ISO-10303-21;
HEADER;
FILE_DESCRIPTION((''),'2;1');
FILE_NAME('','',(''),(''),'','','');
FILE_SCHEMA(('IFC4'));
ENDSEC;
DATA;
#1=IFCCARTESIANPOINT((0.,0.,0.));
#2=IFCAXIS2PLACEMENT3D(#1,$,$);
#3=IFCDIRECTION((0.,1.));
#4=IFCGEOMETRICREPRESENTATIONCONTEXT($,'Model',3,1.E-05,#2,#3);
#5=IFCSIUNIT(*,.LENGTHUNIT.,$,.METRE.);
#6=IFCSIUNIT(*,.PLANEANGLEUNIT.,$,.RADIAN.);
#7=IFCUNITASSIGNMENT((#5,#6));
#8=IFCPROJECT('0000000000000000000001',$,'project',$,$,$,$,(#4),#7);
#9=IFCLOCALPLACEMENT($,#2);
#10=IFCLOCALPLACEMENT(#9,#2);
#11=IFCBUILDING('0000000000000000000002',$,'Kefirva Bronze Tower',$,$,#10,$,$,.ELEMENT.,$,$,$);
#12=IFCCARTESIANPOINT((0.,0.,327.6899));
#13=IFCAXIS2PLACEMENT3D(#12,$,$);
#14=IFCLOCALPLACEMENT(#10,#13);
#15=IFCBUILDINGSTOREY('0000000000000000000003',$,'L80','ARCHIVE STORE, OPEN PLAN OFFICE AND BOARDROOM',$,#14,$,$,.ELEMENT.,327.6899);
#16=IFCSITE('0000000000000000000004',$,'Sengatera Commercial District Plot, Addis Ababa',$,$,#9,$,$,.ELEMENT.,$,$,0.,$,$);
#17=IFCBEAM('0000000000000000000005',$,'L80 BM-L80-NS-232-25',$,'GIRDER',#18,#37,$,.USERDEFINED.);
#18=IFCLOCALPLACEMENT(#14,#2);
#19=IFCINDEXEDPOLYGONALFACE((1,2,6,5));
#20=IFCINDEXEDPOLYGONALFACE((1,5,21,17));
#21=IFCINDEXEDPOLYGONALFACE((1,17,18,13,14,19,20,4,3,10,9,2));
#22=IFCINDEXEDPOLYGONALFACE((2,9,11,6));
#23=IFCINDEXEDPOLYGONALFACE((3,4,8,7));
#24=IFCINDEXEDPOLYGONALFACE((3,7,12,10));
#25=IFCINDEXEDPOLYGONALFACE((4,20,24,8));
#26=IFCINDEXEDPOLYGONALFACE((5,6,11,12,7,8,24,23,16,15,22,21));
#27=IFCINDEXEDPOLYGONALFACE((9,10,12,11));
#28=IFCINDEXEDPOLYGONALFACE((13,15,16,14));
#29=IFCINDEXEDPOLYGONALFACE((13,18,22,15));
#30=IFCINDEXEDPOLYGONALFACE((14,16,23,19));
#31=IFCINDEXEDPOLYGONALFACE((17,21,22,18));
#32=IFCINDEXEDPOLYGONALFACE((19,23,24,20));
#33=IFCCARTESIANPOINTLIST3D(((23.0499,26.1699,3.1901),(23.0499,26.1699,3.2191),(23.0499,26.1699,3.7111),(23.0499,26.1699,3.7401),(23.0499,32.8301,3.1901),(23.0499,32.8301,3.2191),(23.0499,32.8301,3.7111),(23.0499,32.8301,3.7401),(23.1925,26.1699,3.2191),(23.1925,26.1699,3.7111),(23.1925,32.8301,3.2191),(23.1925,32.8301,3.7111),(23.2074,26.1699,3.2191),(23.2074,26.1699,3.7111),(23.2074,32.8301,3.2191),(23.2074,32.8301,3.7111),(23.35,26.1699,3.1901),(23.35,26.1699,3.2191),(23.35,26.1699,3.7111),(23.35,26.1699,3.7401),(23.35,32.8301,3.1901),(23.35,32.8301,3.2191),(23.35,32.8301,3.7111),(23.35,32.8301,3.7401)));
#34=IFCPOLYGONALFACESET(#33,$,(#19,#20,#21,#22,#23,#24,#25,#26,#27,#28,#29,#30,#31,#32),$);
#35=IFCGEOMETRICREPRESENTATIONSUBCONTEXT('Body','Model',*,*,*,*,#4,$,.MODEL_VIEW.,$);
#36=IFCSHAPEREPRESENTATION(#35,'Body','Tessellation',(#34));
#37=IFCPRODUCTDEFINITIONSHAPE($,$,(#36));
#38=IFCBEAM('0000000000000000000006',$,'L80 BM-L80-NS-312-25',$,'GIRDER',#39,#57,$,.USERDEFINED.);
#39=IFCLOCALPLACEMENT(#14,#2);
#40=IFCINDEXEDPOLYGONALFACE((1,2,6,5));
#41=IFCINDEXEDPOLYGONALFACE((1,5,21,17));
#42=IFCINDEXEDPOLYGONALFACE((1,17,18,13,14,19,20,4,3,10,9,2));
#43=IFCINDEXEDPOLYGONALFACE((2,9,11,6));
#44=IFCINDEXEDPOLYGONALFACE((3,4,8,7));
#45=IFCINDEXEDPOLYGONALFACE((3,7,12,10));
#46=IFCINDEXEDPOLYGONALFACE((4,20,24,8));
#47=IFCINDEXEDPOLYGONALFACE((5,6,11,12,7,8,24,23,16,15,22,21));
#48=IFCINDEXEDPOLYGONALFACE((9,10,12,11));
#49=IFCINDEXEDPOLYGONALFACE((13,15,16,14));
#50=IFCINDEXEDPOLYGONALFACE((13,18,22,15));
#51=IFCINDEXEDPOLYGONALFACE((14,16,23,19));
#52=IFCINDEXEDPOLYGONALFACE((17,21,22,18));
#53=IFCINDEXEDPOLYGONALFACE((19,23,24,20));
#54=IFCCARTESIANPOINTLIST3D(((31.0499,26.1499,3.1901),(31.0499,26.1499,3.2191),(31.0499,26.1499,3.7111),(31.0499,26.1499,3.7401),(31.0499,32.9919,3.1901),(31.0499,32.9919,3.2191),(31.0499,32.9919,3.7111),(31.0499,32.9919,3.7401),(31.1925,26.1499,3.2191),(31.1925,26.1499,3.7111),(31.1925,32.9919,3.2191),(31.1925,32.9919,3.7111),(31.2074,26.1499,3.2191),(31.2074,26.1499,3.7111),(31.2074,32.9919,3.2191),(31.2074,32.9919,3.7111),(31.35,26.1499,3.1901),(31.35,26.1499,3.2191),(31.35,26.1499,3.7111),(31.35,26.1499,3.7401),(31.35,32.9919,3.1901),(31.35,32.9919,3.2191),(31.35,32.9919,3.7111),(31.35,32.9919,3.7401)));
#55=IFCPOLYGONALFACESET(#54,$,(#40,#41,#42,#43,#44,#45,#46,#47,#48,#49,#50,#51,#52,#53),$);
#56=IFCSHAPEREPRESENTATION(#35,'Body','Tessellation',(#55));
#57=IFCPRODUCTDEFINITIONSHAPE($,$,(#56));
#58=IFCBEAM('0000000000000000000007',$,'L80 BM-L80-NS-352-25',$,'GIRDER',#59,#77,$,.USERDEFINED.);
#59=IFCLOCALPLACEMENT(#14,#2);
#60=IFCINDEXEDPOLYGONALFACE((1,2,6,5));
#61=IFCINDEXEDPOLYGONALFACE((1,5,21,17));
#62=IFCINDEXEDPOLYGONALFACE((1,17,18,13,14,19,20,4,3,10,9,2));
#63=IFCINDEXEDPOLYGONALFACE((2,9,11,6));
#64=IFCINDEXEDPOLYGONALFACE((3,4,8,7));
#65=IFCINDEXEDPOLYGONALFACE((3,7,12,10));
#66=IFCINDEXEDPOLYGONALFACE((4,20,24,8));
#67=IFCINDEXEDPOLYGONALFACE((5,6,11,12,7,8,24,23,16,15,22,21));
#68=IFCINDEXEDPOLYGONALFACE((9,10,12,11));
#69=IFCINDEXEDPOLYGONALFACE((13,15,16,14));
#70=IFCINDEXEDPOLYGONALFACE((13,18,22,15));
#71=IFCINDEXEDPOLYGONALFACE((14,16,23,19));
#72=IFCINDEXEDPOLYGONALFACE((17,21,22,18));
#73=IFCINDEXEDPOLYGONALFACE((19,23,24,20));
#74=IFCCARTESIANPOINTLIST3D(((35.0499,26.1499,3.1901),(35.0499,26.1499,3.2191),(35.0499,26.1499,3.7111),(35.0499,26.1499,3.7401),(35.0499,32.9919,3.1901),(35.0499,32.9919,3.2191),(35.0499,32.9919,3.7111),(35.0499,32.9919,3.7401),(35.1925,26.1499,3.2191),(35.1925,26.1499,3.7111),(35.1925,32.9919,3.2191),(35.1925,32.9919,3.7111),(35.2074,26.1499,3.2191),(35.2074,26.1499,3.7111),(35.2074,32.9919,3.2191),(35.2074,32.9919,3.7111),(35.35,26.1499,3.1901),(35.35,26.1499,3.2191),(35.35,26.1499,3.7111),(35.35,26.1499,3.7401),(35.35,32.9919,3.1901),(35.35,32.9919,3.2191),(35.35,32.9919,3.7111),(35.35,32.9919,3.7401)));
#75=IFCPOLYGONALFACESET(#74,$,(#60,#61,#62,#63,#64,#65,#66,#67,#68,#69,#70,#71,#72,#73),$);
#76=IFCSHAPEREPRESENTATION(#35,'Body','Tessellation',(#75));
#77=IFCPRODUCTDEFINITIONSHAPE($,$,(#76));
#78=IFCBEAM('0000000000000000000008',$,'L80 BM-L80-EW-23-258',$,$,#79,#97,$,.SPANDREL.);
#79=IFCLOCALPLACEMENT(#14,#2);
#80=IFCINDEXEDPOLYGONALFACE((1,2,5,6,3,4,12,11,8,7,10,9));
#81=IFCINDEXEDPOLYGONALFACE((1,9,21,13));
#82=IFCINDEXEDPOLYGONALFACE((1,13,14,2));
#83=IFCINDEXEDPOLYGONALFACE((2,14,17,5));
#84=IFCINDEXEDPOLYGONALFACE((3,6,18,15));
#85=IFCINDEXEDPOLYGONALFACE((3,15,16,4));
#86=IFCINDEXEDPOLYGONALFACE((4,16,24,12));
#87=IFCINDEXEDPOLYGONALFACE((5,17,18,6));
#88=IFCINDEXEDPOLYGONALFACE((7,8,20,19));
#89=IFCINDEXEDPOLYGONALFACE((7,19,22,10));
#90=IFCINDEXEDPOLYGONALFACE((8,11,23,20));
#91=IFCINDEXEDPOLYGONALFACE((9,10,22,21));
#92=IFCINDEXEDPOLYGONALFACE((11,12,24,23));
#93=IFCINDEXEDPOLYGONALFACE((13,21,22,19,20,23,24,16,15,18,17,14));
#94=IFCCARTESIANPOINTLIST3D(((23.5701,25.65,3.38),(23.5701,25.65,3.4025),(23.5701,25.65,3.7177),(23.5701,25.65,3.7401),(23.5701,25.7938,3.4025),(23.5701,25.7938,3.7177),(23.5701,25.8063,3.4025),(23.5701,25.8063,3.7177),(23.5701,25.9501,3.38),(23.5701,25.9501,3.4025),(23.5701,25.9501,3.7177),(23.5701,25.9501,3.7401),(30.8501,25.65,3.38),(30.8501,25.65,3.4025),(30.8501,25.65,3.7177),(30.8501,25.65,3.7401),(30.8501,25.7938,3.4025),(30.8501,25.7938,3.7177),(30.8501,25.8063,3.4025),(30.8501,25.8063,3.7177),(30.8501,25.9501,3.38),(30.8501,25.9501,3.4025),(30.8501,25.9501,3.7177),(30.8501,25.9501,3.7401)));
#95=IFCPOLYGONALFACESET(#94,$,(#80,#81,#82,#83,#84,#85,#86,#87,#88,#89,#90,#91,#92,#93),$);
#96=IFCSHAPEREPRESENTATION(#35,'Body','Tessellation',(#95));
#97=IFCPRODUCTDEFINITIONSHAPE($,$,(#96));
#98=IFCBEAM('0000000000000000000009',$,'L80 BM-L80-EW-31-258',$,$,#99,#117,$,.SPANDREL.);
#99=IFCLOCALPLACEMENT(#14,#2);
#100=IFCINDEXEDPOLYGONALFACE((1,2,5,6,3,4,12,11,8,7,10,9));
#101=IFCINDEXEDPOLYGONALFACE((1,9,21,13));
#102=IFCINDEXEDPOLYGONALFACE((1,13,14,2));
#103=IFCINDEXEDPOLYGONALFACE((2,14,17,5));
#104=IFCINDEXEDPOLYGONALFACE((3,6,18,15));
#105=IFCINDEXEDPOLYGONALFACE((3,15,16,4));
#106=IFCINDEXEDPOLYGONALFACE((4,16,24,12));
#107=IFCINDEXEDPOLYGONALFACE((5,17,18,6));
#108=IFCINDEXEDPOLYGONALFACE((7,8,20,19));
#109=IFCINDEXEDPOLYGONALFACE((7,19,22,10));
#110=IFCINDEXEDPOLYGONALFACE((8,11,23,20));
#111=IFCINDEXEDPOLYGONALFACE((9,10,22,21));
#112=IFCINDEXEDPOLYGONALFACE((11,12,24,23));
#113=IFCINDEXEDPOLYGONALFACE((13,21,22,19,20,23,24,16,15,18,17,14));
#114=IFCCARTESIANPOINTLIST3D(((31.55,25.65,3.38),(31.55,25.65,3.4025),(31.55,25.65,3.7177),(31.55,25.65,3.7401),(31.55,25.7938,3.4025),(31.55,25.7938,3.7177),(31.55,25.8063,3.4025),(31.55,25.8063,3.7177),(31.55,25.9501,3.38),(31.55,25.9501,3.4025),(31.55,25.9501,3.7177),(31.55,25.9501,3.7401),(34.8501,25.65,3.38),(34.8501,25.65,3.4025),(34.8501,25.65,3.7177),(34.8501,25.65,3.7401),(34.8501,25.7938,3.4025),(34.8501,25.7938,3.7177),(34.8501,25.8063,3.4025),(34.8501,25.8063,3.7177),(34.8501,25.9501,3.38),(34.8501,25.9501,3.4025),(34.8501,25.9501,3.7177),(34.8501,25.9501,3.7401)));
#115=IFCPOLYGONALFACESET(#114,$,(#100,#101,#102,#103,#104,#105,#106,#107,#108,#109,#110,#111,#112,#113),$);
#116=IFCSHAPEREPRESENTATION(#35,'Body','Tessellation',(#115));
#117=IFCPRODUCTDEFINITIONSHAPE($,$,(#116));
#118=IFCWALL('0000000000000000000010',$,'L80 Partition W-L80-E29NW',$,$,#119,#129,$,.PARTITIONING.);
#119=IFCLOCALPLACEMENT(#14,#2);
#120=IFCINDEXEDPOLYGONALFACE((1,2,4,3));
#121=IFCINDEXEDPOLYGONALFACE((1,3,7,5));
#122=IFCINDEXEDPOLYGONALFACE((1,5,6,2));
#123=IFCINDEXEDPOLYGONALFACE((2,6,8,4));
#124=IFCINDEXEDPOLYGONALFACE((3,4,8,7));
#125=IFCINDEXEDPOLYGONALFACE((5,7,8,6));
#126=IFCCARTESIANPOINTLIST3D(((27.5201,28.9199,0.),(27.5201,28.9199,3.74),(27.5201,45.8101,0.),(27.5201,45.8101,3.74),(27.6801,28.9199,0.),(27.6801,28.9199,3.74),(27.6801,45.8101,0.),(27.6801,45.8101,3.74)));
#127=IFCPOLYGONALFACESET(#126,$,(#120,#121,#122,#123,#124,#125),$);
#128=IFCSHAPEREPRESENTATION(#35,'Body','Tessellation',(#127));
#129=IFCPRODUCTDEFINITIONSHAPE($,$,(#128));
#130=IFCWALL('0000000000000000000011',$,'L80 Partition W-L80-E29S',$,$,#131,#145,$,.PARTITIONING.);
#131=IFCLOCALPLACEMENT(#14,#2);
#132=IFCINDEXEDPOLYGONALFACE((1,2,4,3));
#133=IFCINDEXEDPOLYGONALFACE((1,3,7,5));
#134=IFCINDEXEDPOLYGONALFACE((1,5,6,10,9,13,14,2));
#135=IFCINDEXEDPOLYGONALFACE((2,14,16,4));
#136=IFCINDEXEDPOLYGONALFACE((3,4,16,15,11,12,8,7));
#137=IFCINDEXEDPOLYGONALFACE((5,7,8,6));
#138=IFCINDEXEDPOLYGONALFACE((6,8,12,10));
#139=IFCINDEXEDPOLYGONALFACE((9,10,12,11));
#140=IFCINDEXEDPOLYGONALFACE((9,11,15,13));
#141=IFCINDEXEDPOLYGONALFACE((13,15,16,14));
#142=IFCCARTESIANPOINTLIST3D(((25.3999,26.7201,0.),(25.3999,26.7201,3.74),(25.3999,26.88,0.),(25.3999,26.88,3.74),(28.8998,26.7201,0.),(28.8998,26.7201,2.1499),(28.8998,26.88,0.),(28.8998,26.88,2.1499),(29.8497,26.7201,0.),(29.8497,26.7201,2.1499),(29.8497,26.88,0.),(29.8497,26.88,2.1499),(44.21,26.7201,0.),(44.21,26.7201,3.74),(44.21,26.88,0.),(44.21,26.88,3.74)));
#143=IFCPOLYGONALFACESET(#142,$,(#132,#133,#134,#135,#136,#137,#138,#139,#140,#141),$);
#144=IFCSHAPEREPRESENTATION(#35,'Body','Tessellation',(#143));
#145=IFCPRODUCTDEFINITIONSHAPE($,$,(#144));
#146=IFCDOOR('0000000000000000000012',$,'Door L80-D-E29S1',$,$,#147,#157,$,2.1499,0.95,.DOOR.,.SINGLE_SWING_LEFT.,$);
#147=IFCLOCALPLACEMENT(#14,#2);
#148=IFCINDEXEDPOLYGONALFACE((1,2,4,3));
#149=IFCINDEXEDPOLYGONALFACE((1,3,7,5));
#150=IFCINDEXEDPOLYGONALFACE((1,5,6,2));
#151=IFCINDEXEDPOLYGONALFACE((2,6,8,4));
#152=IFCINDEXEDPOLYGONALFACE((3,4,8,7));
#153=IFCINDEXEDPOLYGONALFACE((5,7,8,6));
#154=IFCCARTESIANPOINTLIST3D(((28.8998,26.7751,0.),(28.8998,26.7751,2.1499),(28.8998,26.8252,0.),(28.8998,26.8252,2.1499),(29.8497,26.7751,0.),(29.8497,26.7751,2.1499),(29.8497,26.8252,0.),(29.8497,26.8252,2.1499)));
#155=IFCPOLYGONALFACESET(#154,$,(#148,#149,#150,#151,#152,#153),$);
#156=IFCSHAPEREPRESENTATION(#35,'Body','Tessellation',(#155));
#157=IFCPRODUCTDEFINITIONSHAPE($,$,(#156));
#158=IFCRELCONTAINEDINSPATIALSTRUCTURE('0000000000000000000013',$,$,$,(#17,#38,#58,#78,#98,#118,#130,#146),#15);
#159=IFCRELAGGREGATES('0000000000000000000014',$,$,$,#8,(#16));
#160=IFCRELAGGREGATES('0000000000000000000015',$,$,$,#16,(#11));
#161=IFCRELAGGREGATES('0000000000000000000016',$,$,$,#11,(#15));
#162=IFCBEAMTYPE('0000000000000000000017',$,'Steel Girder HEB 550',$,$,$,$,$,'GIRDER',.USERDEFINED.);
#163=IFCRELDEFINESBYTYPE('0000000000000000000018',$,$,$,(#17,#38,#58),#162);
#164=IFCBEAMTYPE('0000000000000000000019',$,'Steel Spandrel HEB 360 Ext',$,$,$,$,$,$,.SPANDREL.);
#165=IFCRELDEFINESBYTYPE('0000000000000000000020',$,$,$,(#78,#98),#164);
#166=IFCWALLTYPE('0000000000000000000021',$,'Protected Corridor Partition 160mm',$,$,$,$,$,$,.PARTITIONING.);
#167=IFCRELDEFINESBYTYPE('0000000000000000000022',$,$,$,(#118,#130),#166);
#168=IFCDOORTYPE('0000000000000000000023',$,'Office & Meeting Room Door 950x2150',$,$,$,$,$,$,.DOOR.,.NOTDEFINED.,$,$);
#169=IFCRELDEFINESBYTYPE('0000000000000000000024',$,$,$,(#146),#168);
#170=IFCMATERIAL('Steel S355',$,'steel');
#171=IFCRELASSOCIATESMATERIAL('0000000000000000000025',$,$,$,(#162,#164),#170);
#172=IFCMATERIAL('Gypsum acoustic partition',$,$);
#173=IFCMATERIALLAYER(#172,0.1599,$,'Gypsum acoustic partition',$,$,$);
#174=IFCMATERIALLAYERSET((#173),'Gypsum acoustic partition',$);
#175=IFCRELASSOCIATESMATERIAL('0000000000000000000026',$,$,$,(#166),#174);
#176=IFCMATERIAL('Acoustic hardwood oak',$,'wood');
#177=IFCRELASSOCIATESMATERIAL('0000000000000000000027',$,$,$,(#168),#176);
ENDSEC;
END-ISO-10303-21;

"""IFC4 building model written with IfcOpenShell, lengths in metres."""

from ifc_helpers import new_model, si_unit, direction, frame, frame_2d, origin, origin_2d, place, context, subcontext, project, spatial, rectangle, i_section, extrude, material, layer, layer_set, material_profile, profile_set, type_object, element, fill, save


model = new_model("IFC4")

# Units and contexts
model_context = context("Model", 3, precision=1e-05, world=origin(), true_north=direction((0.0, 1.0)))
body_context = subcontext(model_context, "Body", "Model", "MODEL_VIEW")
ifc_project = project(units=[si_unit("LENGTHUNIT", "METRE"), si_unit("PLANEANGLEUNIT", "RADIAN")], contexts=[model_context])

# Site, building, storey
site_placement = place(None, origin())
site = spatial("IfcSite", under=ifc_project, at=site_placement, Name="Sengatera Commercial District Plot, Addis Ababa", CompositionType="ELEMENT", RefElevation=0.0)
building_placement = place(site_placement, origin())
building = spatial("IfcBuilding", under=site, at=building_placement, Name="Kefirva Bronze Tower", CompositionType="ELEMENT")
storey_placement = place(building_placement, frame((0.0, 0.0, 327.6899)))
storey = spatial("IfcBuildingStorey", under=building, at=storey_placement, Name="L80", Description="ARCHIVE STORE, OPEN PLAN OFFICE AND BOARDROOM", CompositionType="ELEMENT", Elevation=327.6899)

# Beams
ifc_material_1 = material(Name="Steel S355", Category="steel")
ifc_material_profile_1 = material_profile(ifc_material_1, i_section(OverallWidth=0.3, OverallDepth=0.55, WebThickness=0.0149, FlangeThickness=0.0291, at=origin_2d()), Name="HEB 550")
ifc_profile_set_1 = profile_set([ifc_material_profile_1], Name="Steel S355")
beam_type_1 = type_object("IfcBeamType", Name="Steel Girder HEB 550", ElementType="GIRDER", PredefinedType="USERDEFINED", material=ifc_profile_set_1)
beam_1_placement = place(storey_placement, frame((23.2, 26.1699, 3.4651), z_axis=(0.0, 1.0, 0.0), x_axis=(-1.0, 0.0, 0.0)))
element("IfcBeam", 1, at=beam_1_placement, inside=storey, type_object=beam_type_1, Name="L80 BM-L80-NS-232-25", ObjectType="GIRDER", PredefinedType="USERDEFINED", context=body_context, shape_type="SweptSolid", body=[
    extrude(i_section(OverallWidth=0.3, OverallDepth=0.55, WebThickness=0.0149, FlangeThickness=0.0291, at=origin_2d()), origin(), (0.0, 0.0, 1.0), 6.6602),
])
for number, where, z_axis, x_axis, name in (
    (2, (31.2, 26.1499, 3.4651), (0.0, 1.0, 0.0), (-1.0, 0.0, 0.0), "L80 BM-L80-NS-312-25"),
    (3, (35.2, 26.1499, 3.4651), (0.0, 1.0, 0.0), (-1.0, 0.0, 0.0), "L80 BM-L80-NS-352-25"),
):
    element("IfcBeam", number, at=place(storey_placement, frame(where, z_axis=z_axis, x_axis=x_axis)), inside=storey, type_object=beam_type_1, Name=name, ObjectType="GIRDER", PredefinedType="USERDEFINED", context=body_context, shape_type="SweptSolid", body=[
        extrude(i_section(OverallWidth=0.3, OverallDepth=0.55, WebThickness=0.0149, FlangeThickness=0.0291, at=origin_2d()), origin(), (0.0, 0.0, 1.0), 6.842),
    ])
ifc_material_profile_2 = material_profile(ifc_material_1, i_section(OverallWidth=0.3, OverallDepth=0.3601, WebThickness=0.0125, FlangeThickness=0.0225, at=origin_2d()), Name="HEB 360")
ifc_profile_set_2 = profile_set([ifc_material_profile_2], Name="Steel S355")
beam_type_2 = type_object("IfcBeamType", Name="Steel Spandrel HEB 360 Ext", PredefinedType="SPANDREL", material=ifc_profile_set_2)
beam_2_placement = place(storey_placement, frame((23.5701, 25.8, 3.5601), z_axis=(1.0, 0.0, 0.0), x_axis=(0.0, 1.0, 0.0)))
element("IfcBeam", 4, at=beam_2_placement, inside=storey, type_object=beam_type_2, Name="L80 BM-L80-EW-23-258", PredefinedType="SPANDREL", context=body_context, shape_type="SweptSolid", body=[
    extrude(i_section(OverallWidth=0.3, OverallDepth=0.3601, WebThickness=0.0125, FlangeThickness=0.0225, at=origin_2d()), origin(), (0.0, 0.0, 1.0), 7.28),
])
beam_3_placement = place(storey_placement, frame((31.55, 25.8, 3.5601), z_axis=(1.0, 0.0, 0.0), x_axis=(0.0, 1.0, 0.0)))
element("IfcBeam", 5, at=beam_3_placement, inside=storey, type_object=beam_type_2, Name="L80 BM-L80-EW-31-258", PredefinedType="SPANDREL", context=body_context, shape_type="SweptSolid", body=[
    extrude(i_section(OverallWidth=0.3, OverallDepth=0.3601, WebThickness=0.0125, FlangeThickness=0.0225, at=origin_2d()), origin(), (0.0, 0.0, 1.0), 3.3),
])

# Shared definitions
ifc_material_2 = material(Name="Gypsum acoustic partition")
ifc_layer = layer(ifc_material_2, 0.1599, Name="Gypsum acoustic partition")
ifc_layer_set = layer_set([ifc_layer], Name="Gypsum acoustic partition")
wall_type = type_object("IfcWallType", Name="Protected Corridor Partition 160mm", PredefinedType="PARTITIONING", material=ifc_layer_set)
ifc_material_3 = material(Name="Acoustic hardwood oak", Category="wood")
door_type_1 = type_object("IfcDoorType", Name="Office & Meeting Room Door 950x2150", OperationType="NOTDEFINED", PredefinedType="DOOR", material=ifc_material_3)

# Wall
wall_1_placement = place(storey_placement, frame((27.6001, 28.9199, 0.0), z_axis=(0.0, 0.0, 1.0), x_axis=(0.0, 1.0, 0.0)))
element("IfcWall", 6, at=wall_1_placement, inside=storey, type_object=wall_type, Name="L80 Partition W-L80-E29NW", PredefinedType="PARTITIONING", context=body_context, shape_type="SweptSolid", body=[
    extrude(rectangle(XDim=16.8901, YDim=0.1599, at=frame_2d((8.4451, 0.0))), origin(), (0.0, 0.0, 1.0), 3.74),
])

# Wall, opening, door
wall_2_placement = place(storey_placement, frame((25.3999, 26.8, 0.0), z_axis=(0.0, 0.0, 1.0), x_axis=(1.0, 0.0, 0.0)))
wall_2 = element("IfcWall", 7, at=wall_2_placement, inside=storey, type_object=wall_type, Name="L80 Partition W-L80-E29S", PredefinedType="PARTITIONING", context=body_context, shape_type="SweptSolid", body=[
    extrude(rectangle(XDim=18.8101, YDim=0.1599, at=frame_2d((9.405, 0.0))), origin(), (0.0, 0.0, 1.0), 3.74),
])
opening_1_placement = place(wall_2_placement, frame((4.45, 0.0, 0.0), z_axis=(0.0, 0.0, 1.0), x_axis=(-1.0, 0.0, 0.0)))
opening_1 = element("IfcOpeningElement", 8, at=opening_1_placement, cuts=wall_2, PredefinedType="OPENING", context=body_context, shape_type="SweptSolid", body=[
    extrude(rectangle(XDim=0.95, YDim=2.1499, at=frame_2d((0.4751, 1.075))), frame((0.0, 0.0898, 0.0), z_axis=(0.0, -1.0, 0.0), x_axis=(1.0, 0.0, 0.0)), (0.0, 0.0, 1.0), 0.1799),
])
door_1_placement = place(opening_1_placement, origin())
door_1 = element("IfcDoor", 9, at=door_1_placement, inside=storey, type_object=door_type_1, Name="Door L80-D-E29S1", OperationType="SINGLE_SWING_LEFT", OverallHeight=2.1499, OverallWidth=0.95, PredefinedType="DOOR", context=body_context, shape_type="SweptSolid", body=[
    extrude(rectangle(XDim=0.95, YDim=2.1499, at=frame_2d((0.4751, 1.075))), frame((0.0, 0.0249, 0.0), z_axis=(0.0, -1.0, 0.0), x_axis=(1.0, 0.0, 0.0)), (0.0, 0.0, 1.0), 0.05),
])
fill(opening_1, door_1)

save(model, "model.ifc")
